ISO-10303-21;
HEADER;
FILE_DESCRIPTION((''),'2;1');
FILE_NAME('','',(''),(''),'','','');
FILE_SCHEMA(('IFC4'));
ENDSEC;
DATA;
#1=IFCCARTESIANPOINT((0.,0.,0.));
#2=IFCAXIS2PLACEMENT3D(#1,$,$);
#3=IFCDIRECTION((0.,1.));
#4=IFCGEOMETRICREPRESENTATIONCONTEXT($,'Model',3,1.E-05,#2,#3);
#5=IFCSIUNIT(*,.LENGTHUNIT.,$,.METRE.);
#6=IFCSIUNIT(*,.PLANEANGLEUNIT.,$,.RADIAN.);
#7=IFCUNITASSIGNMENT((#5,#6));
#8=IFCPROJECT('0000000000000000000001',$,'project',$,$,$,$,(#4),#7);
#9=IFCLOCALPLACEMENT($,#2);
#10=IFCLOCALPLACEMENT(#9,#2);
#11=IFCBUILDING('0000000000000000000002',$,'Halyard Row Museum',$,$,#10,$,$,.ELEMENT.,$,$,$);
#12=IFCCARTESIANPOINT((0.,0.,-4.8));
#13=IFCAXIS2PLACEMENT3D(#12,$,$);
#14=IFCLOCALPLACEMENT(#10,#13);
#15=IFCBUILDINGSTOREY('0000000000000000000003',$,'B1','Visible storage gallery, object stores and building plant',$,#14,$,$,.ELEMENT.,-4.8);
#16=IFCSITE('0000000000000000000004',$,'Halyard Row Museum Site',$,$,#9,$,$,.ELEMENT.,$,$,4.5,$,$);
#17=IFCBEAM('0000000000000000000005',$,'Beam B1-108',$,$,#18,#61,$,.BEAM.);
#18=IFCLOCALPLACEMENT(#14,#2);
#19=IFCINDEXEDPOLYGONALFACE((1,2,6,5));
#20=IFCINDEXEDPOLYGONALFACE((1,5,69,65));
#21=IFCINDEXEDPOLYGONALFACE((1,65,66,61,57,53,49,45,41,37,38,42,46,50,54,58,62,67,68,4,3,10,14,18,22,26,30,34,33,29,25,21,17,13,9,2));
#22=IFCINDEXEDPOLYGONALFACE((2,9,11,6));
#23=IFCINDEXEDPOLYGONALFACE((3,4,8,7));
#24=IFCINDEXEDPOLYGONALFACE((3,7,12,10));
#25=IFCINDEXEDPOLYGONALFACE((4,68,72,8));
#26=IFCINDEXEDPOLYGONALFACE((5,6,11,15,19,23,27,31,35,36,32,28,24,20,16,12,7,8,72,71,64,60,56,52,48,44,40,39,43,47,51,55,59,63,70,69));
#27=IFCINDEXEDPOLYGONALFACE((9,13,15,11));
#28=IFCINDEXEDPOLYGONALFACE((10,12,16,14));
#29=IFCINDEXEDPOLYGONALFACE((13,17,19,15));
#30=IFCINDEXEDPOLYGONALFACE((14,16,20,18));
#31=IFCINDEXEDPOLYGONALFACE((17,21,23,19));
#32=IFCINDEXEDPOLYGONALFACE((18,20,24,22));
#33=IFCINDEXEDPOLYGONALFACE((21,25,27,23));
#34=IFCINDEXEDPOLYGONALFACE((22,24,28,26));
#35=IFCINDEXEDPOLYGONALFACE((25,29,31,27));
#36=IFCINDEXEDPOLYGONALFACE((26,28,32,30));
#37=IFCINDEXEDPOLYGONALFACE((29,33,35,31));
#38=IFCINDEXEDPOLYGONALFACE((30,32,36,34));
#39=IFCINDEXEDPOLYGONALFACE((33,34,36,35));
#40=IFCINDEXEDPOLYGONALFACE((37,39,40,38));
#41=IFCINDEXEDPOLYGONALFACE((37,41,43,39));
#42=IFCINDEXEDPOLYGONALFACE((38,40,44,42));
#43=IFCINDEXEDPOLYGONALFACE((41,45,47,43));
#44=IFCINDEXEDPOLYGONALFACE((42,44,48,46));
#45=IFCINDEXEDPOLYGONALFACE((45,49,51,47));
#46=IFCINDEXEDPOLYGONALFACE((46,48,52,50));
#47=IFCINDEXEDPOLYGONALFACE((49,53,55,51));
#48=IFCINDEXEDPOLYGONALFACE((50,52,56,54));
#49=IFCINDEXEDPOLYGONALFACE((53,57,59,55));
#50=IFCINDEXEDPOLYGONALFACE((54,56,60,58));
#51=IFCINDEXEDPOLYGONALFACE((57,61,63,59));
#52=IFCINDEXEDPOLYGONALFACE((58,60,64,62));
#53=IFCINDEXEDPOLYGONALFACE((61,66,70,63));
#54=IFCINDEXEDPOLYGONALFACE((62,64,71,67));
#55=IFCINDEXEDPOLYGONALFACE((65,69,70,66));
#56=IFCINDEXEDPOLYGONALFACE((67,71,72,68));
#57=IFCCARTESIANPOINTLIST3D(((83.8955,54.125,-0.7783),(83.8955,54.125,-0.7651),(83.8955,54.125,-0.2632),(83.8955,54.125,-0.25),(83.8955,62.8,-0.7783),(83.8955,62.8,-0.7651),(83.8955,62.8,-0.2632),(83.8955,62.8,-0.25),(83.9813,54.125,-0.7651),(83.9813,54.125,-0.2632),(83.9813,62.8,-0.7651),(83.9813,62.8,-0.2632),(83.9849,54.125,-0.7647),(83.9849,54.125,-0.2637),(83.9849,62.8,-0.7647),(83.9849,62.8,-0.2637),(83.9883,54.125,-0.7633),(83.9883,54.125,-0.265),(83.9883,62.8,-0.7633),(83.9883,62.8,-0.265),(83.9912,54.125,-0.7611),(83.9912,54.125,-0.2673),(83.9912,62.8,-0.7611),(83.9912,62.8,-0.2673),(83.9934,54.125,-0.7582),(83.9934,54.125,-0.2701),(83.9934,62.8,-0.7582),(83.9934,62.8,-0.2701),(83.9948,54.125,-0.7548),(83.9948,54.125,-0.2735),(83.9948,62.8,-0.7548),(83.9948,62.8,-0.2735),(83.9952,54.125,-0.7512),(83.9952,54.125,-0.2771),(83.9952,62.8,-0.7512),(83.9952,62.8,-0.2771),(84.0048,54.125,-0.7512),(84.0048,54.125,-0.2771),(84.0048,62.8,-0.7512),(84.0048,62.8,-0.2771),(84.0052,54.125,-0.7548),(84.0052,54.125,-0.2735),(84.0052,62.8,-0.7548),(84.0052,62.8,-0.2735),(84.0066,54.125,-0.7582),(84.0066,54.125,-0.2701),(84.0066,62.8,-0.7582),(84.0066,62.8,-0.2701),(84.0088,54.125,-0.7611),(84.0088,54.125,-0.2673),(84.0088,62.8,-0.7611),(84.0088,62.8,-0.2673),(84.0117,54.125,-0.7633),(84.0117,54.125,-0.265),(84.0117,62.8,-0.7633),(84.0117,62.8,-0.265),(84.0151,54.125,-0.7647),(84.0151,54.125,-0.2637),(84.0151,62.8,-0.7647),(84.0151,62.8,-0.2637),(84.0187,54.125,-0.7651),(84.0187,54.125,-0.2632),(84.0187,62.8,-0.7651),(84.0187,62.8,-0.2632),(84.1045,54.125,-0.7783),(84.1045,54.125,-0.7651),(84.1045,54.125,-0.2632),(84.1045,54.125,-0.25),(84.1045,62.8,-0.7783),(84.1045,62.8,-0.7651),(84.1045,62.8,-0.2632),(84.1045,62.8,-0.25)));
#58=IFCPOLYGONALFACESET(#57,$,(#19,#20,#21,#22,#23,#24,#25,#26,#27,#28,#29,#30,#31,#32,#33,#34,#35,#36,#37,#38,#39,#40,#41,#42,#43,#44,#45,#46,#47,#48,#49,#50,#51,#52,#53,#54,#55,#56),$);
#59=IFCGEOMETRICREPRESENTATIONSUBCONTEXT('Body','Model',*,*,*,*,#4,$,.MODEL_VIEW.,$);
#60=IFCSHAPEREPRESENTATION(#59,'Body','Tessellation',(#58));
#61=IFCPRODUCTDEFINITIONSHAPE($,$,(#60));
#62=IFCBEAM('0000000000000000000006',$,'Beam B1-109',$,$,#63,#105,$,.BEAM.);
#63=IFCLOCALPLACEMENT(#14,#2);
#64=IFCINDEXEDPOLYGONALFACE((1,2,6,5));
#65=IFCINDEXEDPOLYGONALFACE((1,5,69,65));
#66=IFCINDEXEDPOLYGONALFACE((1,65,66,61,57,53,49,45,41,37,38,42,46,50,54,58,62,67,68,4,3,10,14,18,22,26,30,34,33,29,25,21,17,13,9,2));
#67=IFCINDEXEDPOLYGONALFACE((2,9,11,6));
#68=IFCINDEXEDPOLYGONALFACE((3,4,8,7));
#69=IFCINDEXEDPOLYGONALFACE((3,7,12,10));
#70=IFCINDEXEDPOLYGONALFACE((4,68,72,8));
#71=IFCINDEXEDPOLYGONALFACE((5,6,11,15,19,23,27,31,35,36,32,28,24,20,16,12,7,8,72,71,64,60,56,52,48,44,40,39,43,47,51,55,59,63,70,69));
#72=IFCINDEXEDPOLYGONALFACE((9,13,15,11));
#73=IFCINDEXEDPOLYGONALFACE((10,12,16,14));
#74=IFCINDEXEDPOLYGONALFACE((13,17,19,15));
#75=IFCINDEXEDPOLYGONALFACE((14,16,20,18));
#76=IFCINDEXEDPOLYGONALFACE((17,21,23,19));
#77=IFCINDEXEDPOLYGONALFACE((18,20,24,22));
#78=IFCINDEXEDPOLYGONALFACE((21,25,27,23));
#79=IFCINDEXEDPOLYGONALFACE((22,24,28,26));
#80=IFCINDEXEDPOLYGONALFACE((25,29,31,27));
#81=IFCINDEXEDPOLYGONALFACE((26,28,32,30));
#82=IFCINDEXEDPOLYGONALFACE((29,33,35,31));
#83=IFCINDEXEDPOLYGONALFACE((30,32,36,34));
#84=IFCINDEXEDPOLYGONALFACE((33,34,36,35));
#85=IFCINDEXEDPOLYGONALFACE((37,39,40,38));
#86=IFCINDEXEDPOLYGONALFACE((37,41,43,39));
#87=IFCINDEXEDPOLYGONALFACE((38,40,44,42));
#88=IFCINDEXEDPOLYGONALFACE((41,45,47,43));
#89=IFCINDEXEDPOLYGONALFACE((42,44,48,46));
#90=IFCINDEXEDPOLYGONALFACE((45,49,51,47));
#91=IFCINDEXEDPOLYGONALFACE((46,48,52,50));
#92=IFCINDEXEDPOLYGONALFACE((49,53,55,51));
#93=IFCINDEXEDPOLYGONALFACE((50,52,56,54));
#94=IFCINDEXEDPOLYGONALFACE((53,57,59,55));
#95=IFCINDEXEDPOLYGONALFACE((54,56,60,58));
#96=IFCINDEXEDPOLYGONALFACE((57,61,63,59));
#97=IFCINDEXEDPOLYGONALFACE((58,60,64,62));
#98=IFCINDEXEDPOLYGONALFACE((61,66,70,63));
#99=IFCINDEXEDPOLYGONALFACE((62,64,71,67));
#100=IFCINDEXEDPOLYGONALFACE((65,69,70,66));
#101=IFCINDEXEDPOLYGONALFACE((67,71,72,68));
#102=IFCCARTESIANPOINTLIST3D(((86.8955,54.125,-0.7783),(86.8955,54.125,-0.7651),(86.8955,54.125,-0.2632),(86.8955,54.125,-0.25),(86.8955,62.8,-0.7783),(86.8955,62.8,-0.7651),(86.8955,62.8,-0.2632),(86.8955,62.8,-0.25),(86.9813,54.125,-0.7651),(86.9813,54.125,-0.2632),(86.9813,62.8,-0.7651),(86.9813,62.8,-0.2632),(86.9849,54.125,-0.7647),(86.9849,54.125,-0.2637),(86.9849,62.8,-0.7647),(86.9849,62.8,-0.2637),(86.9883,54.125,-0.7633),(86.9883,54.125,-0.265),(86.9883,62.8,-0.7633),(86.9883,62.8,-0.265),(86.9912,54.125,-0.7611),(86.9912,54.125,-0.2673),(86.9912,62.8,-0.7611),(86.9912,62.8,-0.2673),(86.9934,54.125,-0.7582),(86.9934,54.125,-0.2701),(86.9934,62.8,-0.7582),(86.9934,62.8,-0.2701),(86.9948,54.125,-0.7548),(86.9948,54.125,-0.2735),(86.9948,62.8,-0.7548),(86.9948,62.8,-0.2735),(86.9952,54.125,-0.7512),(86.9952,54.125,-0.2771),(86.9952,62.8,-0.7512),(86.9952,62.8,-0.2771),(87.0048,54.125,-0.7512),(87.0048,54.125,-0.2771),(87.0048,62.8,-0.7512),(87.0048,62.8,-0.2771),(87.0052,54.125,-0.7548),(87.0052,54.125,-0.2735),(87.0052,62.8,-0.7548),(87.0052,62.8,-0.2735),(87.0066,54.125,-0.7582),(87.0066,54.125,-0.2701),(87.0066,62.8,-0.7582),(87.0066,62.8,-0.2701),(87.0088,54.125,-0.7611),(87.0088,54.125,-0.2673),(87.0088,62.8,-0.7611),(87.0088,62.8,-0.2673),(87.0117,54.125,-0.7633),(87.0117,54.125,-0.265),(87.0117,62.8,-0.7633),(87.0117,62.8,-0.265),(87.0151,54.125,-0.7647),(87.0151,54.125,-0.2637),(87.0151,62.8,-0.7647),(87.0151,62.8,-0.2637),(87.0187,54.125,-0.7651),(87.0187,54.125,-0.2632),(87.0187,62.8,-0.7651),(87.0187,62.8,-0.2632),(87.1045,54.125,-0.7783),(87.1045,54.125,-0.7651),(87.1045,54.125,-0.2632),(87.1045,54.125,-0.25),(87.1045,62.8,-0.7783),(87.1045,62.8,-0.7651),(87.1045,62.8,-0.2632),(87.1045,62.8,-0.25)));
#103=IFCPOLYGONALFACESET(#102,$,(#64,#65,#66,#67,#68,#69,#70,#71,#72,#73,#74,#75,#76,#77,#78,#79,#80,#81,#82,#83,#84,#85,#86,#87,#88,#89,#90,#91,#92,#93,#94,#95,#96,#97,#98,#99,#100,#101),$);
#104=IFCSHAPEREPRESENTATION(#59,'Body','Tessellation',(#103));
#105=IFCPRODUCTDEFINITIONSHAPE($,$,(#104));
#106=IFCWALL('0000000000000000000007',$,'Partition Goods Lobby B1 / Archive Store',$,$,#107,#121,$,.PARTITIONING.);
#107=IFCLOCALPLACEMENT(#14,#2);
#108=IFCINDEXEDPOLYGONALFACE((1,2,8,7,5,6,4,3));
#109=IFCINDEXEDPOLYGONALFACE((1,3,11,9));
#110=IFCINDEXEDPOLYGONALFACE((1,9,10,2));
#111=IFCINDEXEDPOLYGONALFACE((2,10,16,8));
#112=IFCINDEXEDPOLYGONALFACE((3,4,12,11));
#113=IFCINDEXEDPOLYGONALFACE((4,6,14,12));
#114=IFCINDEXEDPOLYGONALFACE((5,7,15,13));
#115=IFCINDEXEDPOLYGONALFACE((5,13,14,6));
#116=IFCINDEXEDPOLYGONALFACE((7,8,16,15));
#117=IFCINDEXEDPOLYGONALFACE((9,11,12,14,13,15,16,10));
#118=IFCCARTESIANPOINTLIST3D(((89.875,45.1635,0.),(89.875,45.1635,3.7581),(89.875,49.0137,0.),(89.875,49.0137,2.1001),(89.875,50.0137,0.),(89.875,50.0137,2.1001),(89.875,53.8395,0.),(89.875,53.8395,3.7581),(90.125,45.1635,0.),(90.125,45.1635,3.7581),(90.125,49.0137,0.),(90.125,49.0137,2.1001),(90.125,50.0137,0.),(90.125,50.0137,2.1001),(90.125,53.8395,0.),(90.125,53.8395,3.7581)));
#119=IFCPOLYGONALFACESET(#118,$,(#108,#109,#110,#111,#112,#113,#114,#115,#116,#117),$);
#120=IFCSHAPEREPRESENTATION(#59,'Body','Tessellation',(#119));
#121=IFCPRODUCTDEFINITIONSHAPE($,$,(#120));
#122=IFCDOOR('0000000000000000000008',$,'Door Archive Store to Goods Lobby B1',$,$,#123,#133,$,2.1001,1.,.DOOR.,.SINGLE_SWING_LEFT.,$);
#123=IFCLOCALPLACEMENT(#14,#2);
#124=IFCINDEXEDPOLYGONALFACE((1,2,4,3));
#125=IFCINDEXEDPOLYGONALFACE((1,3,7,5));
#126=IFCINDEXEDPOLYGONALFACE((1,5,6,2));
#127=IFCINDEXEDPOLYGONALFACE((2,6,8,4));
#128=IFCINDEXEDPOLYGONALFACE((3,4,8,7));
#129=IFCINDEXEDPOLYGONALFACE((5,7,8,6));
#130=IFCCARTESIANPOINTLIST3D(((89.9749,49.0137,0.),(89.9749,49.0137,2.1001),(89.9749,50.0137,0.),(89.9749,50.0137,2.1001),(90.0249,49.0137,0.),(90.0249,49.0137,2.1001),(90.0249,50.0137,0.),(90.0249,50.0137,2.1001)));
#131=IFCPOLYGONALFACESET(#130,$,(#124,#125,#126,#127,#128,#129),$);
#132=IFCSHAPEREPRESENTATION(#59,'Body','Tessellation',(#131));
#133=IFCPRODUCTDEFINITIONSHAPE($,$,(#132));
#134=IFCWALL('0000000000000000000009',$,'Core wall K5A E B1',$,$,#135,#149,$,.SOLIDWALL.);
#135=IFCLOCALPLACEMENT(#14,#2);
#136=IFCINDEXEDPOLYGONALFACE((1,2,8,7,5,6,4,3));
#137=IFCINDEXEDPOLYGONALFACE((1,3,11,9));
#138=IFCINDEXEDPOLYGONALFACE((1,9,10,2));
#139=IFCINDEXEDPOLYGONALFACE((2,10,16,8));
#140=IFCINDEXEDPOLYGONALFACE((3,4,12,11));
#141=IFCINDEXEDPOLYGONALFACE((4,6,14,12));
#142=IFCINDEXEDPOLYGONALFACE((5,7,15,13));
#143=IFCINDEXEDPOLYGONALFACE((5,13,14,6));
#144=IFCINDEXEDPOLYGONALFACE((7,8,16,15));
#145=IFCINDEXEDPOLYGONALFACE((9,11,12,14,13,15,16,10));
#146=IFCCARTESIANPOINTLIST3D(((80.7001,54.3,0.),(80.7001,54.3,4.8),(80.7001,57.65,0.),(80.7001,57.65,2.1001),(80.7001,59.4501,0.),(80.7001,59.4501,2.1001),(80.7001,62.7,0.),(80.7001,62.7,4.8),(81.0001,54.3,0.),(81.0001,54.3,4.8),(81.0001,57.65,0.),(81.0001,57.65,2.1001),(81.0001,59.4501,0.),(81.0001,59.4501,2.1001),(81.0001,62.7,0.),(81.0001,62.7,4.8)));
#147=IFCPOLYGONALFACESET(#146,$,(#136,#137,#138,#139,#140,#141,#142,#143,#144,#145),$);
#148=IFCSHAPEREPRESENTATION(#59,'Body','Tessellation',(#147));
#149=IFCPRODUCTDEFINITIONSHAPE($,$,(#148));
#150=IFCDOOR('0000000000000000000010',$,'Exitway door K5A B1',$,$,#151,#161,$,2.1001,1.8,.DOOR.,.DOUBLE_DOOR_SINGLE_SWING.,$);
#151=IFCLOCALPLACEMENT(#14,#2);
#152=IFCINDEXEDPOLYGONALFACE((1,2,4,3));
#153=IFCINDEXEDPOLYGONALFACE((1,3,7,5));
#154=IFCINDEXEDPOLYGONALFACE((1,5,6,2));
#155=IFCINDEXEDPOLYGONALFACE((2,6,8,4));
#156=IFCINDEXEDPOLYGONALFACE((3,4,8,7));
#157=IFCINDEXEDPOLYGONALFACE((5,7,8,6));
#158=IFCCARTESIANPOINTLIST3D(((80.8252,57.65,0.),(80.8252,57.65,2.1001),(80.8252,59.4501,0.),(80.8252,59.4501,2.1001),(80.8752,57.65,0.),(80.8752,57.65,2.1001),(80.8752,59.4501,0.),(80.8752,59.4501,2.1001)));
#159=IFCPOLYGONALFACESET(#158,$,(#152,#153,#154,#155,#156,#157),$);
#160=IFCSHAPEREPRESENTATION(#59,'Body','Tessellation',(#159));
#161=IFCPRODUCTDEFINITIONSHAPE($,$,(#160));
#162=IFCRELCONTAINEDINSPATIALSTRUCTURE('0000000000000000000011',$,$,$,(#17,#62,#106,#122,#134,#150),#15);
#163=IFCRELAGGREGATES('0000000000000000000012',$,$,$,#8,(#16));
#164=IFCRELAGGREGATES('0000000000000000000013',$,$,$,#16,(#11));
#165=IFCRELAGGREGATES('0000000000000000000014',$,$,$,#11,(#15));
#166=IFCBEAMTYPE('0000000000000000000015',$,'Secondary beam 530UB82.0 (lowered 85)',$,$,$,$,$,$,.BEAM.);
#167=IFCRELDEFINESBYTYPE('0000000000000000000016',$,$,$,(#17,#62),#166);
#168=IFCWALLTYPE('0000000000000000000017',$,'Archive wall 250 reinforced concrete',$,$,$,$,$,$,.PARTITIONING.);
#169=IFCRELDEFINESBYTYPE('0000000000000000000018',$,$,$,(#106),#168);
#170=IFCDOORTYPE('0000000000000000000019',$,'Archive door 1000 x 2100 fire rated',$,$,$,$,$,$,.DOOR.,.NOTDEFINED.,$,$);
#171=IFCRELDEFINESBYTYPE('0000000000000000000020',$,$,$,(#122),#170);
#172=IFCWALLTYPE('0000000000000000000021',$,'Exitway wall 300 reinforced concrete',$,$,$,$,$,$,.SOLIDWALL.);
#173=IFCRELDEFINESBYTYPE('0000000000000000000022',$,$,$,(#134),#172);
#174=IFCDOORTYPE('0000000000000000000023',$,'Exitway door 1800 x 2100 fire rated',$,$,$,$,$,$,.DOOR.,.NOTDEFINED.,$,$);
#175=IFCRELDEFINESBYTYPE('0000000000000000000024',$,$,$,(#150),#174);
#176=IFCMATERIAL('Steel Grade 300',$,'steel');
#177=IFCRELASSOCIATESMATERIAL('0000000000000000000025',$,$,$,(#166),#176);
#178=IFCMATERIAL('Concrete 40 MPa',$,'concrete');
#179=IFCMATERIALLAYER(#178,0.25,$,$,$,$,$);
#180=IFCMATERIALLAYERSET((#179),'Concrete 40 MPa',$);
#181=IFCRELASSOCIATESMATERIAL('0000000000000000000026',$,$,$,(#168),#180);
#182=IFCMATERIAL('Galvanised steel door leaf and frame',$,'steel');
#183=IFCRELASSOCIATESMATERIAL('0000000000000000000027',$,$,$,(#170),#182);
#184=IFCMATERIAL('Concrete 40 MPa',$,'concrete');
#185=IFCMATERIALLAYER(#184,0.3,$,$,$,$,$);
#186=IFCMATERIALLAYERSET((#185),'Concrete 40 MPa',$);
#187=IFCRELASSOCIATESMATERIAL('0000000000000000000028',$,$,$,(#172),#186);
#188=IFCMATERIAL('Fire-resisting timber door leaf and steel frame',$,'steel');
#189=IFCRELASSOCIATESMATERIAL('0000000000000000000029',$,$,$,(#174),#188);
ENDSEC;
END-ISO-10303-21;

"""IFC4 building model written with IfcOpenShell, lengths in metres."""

from ifc_helpers import new_model, si_unit, direction, frame, frame_2d, origin, origin_2d, place, context, subcontext, project, spatial, rectangle, i_section, extrude, material, layer, layer_set, material_profile, profile_set, type_object, element, fill, save


model = new_model("IFC4")

# Units and contexts
model_context = context("Model", 3, precision=1e-05, world=origin(), true_north=direction((0.0, 1.0)))
body_context = subcontext(model_context, "Body", "Model", "MODEL_VIEW")
ifc_project = project(units=[si_unit("LENGTHUNIT", "METRE"), si_unit("PLANEANGLEUNIT", "RADIAN")], contexts=[model_context])

# Site, building, storey
site_placement = place(None, origin())
site = spatial("IfcSite", under=ifc_project, at=site_placement, Name="Halyard Row Museum Site", CompositionType="ELEMENT", RefElevation=4.5)
building_placement = place(site_placement, origin())
building = spatial("IfcBuilding", under=site, at=building_placement, Name="Halyard Row Museum", CompositionType="ELEMENT")
storey_placement = place(building_placement, frame((0.0, 0.0, -4.8)))
storey = spatial("IfcBuildingStorey", under=building, at=storey_placement, Name="B1", Description="Visible storage gallery, object stores and building plant", CompositionType="ELEMENT", Elevation=-4.8)

# Beams
ifc_material_1 = material(Name="Steel Grade 300", Category="steel")
ifc_material_profile_1 = material_profile(ifc_material_1, i_section(OverallWidth=0.209, OverallDepth=0.5283, WebThickness=0.0095, FlangeThickness=0.0132, FilletRadius=0.0139, at=origin_2d()), Name="530UB82.0")
ifc_profile_set_1 = profile_set([ifc_material_profile_1], Name="Steel Grade 300")
beam_type_1 = type_object("IfcBeamType", Name="Secondary beam 530UB82.0 (lowered 85)", PredefinedType="BEAM", material=ifc_profile_set_1)
for number, where, z_axis, x_axis, name in (
    (1, (84.0, 54.125, -0.5142), (0.0, 1.0, 0.0), (-1.0, 0.0, 0.0), "Beam B1-108"),
    (2, (87.0, 54.125, -0.5142), (0.0, 1.0, 0.0), (-1.0, 0.0, 0.0), "Beam B1-109"),
):
    element("IfcBeam", number, at=place(storey_placement, frame(where, z_axis=z_axis, x_axis=x_axis)), inside=storey, type_object=beam_type_1, Name=name, PredefinedType="BEAM", context=body_context, shape_type="SweptSolid", body=[
        extrude(i_section(OverallWidth=0.209, OverallDepth=0.5283, WebThickness=0.0095, FlangeThickness=0.0132, FilletRadius=0.0139, at=origin_2d()), origin(), (0.0, 0.0, 1.0), 8.675),
    ])

# Wall, opening, door
ifc_material_2 = material(Name="Concrete 40 MPa", Category="concrete")
ifc_layer_1 = layer(ifc_material_2, 0.25)
ifc_layer_set_1 = layer_set([ifc_layer_1], Name="Concrete 40 MPa")
wall_type_1 = type_object("IfcWallType", Name="Archive wall 250 reinforced concrete", PredefinedType="PARTITIONING", material=ifc_layer_set_1)
wall_1_placement = place(storey_placement, frame((90.0, 45.1636, 0.0), z_axis=(0.0, 0.0, 1.0), x_axis=(0.0, 1.0, 0.0)))
wall_1 = element("IfcWall", 3, at=wall_1_placement, inside=storey, type_object=wall_type_1, Name="Partition Goods Lobby B1 / Archive Store", PredefinedType="PARTITIONING", context=body_context, shape_type="SweptSolid", body=[
    extrude(rectangle(XDim=8.676, YDim=0.25, at=frame_2d((4.3379, 0.0))), origin(), (0.0, 0.0, 1.0), 3.7581),
])
opening_1_placement = place(wall_1_placement, frame((3.8501, 0.0, 0.0)))
opening_1 = element("IfcOpeningElement", 4, at=opening_1_placement, cuts=wall_1, PredefinedType="OPENING", context=body_context, shape_type="SweptSolid", body=[
    extrude(rectangle(XDim=1.0, YDim=2.1001, at=frame_2d((0.5, 1.05))), frame((0.0, 0.135, 0.0), z_axis=(0.0, -1.0, 0.0), x_axis=(1.0, 0.0, 0.0)), (0.0, 0.0, 1.0), 0.27),
])
ifc_material_3 = material(Name="Galvanised steel door leaf and frame", Category="steel")
door_type_1 = type_object("IfcDoorType", Name="Archive door 1000 x 2100 fire rated", OperationType="NOTDEFINED", PredefinedType="DOOR", material=ifc_material_3)
door_1_placement = place(opening_1_placement, frame((1.0, 0.0, 0.0), z_axis=(0.0, 0.0, 1.0), x_axis=(-1.0, 0.0, 0.0)))
door_1 = element("IfcDoor", 5, at=door_1_placement, inside=storey, type_object=door_type_1, Name="Door Archive Store to Goods Lobby B1", OperationType="SINGLE_SWING_LEFT", OverallHeight=2.1001, OverallWidth=1.0, PredefinedType="DOOR", context=body_context, shape_type="SweptSolid", body=[
    extrude(rectangle(XDim=1.0, YDim=2.1001, at=frame_2d((0.5, 1.05))), frame((0.0, 0.0249, 0.0), z_axis=(0.0, -1.0, 0.0), x_axis=(1.0, 0.0, 0.0)), (0.0, 0.0, 1.0), 0.05),
])
fill(opening_1, door_1)

# Wall, opening, door
ifc_material_4 = material(Name="Concrete 40 MPa", Category="concrete")
ifc_layer_2 = layer(ifc_material_4, 0.3)
ifc_layer_set_2 = layer_set([ifc_layer_2], Name="Concrete 40 MPa")
wall_type_2 = type_object("IfcWallType", Name="Exitway wall 300 reinforced concrete", PredefinedType="SOLIDWALL", material=ifc_layer_set_2)
wall_2_placement = place(storey_placement, frame((80.8501, 54.3, 0.0), z_axis=(0.0, 0.0, 1.0), x_axis=(0.0, 1.0, 0.0)))
wall_2 = element("IfcWall", 6, at=wall_2_placement, inside=storey, type_object=wall_type_2, Name="Core wall K5A E B1", PredefinedType="SOLIDWALL", context=body_context, shape_type="SweptSolid", body=[
    extrude(rectangle(XDim=8.3999, YDim=0.3, at=frame_2d((4.2, 0.0))), origin(), (0.0, 0.0, 1.0), 4.8),
])
opening_2_placement = place(wall_2_placement, frame((3.3501, 0.0, 0.0)))
opening_2 = element("IfcOpeningElement", 7, at=opening_2_placement, cuts=wall_2, PredefinedType="OPENING", context=body_context, shape_type="SweptSolid", body=[
    extrude(rectangle(XDim=1.8, YDim=2.1001, at=frame_2d((0.8999, 1.05))), frame((0.0, 0.1599, 0.0), z_axis=(0.0, -1.0, 0.0), x_axis=(1.0, 0.0, 0.0)), (0.0, 0.0, 1.0), 0.3201),
])
ifc_material_5 = material(Name="Fire-resisting timber door leaf and steel frame", Category="steel")
door_type_2 = type_object("IfcDoorType", Name="Exitway door 1800 x 2100 fire rated", OperationType="NOTDEFINED", PredefinedType="DOOR", material=ifc_material_5)
door_2_placement = place(opening_2_placement, origin())
door_2 = element("IfcDoor", 8, at=door_2_placement, inside=storey, type_object=door_type_2, Name="Exitway door K5A B1", OperationType="DOUBLE_DOOR_SINGLE_SWING", OverallHeight=2.1001, OverallWidth=1.8, PredefinedType="DOOR", context=body_context, shape_type="SweptSolid", body=[
    extrude(rectangle(XDim=1.8, YDim=2.1001, at=frame_2d((0.8999, 1.05))), frame((0.0, 0.0249, 0.0), z_axis=(0.0, -1.0, 0.0), x_axis=(1.0, 0.0, 0.0)), (0.0, 0.0, 1.0), 0.05),
])
fill(opening_2, door_2)

save(model, "model.ifc")
